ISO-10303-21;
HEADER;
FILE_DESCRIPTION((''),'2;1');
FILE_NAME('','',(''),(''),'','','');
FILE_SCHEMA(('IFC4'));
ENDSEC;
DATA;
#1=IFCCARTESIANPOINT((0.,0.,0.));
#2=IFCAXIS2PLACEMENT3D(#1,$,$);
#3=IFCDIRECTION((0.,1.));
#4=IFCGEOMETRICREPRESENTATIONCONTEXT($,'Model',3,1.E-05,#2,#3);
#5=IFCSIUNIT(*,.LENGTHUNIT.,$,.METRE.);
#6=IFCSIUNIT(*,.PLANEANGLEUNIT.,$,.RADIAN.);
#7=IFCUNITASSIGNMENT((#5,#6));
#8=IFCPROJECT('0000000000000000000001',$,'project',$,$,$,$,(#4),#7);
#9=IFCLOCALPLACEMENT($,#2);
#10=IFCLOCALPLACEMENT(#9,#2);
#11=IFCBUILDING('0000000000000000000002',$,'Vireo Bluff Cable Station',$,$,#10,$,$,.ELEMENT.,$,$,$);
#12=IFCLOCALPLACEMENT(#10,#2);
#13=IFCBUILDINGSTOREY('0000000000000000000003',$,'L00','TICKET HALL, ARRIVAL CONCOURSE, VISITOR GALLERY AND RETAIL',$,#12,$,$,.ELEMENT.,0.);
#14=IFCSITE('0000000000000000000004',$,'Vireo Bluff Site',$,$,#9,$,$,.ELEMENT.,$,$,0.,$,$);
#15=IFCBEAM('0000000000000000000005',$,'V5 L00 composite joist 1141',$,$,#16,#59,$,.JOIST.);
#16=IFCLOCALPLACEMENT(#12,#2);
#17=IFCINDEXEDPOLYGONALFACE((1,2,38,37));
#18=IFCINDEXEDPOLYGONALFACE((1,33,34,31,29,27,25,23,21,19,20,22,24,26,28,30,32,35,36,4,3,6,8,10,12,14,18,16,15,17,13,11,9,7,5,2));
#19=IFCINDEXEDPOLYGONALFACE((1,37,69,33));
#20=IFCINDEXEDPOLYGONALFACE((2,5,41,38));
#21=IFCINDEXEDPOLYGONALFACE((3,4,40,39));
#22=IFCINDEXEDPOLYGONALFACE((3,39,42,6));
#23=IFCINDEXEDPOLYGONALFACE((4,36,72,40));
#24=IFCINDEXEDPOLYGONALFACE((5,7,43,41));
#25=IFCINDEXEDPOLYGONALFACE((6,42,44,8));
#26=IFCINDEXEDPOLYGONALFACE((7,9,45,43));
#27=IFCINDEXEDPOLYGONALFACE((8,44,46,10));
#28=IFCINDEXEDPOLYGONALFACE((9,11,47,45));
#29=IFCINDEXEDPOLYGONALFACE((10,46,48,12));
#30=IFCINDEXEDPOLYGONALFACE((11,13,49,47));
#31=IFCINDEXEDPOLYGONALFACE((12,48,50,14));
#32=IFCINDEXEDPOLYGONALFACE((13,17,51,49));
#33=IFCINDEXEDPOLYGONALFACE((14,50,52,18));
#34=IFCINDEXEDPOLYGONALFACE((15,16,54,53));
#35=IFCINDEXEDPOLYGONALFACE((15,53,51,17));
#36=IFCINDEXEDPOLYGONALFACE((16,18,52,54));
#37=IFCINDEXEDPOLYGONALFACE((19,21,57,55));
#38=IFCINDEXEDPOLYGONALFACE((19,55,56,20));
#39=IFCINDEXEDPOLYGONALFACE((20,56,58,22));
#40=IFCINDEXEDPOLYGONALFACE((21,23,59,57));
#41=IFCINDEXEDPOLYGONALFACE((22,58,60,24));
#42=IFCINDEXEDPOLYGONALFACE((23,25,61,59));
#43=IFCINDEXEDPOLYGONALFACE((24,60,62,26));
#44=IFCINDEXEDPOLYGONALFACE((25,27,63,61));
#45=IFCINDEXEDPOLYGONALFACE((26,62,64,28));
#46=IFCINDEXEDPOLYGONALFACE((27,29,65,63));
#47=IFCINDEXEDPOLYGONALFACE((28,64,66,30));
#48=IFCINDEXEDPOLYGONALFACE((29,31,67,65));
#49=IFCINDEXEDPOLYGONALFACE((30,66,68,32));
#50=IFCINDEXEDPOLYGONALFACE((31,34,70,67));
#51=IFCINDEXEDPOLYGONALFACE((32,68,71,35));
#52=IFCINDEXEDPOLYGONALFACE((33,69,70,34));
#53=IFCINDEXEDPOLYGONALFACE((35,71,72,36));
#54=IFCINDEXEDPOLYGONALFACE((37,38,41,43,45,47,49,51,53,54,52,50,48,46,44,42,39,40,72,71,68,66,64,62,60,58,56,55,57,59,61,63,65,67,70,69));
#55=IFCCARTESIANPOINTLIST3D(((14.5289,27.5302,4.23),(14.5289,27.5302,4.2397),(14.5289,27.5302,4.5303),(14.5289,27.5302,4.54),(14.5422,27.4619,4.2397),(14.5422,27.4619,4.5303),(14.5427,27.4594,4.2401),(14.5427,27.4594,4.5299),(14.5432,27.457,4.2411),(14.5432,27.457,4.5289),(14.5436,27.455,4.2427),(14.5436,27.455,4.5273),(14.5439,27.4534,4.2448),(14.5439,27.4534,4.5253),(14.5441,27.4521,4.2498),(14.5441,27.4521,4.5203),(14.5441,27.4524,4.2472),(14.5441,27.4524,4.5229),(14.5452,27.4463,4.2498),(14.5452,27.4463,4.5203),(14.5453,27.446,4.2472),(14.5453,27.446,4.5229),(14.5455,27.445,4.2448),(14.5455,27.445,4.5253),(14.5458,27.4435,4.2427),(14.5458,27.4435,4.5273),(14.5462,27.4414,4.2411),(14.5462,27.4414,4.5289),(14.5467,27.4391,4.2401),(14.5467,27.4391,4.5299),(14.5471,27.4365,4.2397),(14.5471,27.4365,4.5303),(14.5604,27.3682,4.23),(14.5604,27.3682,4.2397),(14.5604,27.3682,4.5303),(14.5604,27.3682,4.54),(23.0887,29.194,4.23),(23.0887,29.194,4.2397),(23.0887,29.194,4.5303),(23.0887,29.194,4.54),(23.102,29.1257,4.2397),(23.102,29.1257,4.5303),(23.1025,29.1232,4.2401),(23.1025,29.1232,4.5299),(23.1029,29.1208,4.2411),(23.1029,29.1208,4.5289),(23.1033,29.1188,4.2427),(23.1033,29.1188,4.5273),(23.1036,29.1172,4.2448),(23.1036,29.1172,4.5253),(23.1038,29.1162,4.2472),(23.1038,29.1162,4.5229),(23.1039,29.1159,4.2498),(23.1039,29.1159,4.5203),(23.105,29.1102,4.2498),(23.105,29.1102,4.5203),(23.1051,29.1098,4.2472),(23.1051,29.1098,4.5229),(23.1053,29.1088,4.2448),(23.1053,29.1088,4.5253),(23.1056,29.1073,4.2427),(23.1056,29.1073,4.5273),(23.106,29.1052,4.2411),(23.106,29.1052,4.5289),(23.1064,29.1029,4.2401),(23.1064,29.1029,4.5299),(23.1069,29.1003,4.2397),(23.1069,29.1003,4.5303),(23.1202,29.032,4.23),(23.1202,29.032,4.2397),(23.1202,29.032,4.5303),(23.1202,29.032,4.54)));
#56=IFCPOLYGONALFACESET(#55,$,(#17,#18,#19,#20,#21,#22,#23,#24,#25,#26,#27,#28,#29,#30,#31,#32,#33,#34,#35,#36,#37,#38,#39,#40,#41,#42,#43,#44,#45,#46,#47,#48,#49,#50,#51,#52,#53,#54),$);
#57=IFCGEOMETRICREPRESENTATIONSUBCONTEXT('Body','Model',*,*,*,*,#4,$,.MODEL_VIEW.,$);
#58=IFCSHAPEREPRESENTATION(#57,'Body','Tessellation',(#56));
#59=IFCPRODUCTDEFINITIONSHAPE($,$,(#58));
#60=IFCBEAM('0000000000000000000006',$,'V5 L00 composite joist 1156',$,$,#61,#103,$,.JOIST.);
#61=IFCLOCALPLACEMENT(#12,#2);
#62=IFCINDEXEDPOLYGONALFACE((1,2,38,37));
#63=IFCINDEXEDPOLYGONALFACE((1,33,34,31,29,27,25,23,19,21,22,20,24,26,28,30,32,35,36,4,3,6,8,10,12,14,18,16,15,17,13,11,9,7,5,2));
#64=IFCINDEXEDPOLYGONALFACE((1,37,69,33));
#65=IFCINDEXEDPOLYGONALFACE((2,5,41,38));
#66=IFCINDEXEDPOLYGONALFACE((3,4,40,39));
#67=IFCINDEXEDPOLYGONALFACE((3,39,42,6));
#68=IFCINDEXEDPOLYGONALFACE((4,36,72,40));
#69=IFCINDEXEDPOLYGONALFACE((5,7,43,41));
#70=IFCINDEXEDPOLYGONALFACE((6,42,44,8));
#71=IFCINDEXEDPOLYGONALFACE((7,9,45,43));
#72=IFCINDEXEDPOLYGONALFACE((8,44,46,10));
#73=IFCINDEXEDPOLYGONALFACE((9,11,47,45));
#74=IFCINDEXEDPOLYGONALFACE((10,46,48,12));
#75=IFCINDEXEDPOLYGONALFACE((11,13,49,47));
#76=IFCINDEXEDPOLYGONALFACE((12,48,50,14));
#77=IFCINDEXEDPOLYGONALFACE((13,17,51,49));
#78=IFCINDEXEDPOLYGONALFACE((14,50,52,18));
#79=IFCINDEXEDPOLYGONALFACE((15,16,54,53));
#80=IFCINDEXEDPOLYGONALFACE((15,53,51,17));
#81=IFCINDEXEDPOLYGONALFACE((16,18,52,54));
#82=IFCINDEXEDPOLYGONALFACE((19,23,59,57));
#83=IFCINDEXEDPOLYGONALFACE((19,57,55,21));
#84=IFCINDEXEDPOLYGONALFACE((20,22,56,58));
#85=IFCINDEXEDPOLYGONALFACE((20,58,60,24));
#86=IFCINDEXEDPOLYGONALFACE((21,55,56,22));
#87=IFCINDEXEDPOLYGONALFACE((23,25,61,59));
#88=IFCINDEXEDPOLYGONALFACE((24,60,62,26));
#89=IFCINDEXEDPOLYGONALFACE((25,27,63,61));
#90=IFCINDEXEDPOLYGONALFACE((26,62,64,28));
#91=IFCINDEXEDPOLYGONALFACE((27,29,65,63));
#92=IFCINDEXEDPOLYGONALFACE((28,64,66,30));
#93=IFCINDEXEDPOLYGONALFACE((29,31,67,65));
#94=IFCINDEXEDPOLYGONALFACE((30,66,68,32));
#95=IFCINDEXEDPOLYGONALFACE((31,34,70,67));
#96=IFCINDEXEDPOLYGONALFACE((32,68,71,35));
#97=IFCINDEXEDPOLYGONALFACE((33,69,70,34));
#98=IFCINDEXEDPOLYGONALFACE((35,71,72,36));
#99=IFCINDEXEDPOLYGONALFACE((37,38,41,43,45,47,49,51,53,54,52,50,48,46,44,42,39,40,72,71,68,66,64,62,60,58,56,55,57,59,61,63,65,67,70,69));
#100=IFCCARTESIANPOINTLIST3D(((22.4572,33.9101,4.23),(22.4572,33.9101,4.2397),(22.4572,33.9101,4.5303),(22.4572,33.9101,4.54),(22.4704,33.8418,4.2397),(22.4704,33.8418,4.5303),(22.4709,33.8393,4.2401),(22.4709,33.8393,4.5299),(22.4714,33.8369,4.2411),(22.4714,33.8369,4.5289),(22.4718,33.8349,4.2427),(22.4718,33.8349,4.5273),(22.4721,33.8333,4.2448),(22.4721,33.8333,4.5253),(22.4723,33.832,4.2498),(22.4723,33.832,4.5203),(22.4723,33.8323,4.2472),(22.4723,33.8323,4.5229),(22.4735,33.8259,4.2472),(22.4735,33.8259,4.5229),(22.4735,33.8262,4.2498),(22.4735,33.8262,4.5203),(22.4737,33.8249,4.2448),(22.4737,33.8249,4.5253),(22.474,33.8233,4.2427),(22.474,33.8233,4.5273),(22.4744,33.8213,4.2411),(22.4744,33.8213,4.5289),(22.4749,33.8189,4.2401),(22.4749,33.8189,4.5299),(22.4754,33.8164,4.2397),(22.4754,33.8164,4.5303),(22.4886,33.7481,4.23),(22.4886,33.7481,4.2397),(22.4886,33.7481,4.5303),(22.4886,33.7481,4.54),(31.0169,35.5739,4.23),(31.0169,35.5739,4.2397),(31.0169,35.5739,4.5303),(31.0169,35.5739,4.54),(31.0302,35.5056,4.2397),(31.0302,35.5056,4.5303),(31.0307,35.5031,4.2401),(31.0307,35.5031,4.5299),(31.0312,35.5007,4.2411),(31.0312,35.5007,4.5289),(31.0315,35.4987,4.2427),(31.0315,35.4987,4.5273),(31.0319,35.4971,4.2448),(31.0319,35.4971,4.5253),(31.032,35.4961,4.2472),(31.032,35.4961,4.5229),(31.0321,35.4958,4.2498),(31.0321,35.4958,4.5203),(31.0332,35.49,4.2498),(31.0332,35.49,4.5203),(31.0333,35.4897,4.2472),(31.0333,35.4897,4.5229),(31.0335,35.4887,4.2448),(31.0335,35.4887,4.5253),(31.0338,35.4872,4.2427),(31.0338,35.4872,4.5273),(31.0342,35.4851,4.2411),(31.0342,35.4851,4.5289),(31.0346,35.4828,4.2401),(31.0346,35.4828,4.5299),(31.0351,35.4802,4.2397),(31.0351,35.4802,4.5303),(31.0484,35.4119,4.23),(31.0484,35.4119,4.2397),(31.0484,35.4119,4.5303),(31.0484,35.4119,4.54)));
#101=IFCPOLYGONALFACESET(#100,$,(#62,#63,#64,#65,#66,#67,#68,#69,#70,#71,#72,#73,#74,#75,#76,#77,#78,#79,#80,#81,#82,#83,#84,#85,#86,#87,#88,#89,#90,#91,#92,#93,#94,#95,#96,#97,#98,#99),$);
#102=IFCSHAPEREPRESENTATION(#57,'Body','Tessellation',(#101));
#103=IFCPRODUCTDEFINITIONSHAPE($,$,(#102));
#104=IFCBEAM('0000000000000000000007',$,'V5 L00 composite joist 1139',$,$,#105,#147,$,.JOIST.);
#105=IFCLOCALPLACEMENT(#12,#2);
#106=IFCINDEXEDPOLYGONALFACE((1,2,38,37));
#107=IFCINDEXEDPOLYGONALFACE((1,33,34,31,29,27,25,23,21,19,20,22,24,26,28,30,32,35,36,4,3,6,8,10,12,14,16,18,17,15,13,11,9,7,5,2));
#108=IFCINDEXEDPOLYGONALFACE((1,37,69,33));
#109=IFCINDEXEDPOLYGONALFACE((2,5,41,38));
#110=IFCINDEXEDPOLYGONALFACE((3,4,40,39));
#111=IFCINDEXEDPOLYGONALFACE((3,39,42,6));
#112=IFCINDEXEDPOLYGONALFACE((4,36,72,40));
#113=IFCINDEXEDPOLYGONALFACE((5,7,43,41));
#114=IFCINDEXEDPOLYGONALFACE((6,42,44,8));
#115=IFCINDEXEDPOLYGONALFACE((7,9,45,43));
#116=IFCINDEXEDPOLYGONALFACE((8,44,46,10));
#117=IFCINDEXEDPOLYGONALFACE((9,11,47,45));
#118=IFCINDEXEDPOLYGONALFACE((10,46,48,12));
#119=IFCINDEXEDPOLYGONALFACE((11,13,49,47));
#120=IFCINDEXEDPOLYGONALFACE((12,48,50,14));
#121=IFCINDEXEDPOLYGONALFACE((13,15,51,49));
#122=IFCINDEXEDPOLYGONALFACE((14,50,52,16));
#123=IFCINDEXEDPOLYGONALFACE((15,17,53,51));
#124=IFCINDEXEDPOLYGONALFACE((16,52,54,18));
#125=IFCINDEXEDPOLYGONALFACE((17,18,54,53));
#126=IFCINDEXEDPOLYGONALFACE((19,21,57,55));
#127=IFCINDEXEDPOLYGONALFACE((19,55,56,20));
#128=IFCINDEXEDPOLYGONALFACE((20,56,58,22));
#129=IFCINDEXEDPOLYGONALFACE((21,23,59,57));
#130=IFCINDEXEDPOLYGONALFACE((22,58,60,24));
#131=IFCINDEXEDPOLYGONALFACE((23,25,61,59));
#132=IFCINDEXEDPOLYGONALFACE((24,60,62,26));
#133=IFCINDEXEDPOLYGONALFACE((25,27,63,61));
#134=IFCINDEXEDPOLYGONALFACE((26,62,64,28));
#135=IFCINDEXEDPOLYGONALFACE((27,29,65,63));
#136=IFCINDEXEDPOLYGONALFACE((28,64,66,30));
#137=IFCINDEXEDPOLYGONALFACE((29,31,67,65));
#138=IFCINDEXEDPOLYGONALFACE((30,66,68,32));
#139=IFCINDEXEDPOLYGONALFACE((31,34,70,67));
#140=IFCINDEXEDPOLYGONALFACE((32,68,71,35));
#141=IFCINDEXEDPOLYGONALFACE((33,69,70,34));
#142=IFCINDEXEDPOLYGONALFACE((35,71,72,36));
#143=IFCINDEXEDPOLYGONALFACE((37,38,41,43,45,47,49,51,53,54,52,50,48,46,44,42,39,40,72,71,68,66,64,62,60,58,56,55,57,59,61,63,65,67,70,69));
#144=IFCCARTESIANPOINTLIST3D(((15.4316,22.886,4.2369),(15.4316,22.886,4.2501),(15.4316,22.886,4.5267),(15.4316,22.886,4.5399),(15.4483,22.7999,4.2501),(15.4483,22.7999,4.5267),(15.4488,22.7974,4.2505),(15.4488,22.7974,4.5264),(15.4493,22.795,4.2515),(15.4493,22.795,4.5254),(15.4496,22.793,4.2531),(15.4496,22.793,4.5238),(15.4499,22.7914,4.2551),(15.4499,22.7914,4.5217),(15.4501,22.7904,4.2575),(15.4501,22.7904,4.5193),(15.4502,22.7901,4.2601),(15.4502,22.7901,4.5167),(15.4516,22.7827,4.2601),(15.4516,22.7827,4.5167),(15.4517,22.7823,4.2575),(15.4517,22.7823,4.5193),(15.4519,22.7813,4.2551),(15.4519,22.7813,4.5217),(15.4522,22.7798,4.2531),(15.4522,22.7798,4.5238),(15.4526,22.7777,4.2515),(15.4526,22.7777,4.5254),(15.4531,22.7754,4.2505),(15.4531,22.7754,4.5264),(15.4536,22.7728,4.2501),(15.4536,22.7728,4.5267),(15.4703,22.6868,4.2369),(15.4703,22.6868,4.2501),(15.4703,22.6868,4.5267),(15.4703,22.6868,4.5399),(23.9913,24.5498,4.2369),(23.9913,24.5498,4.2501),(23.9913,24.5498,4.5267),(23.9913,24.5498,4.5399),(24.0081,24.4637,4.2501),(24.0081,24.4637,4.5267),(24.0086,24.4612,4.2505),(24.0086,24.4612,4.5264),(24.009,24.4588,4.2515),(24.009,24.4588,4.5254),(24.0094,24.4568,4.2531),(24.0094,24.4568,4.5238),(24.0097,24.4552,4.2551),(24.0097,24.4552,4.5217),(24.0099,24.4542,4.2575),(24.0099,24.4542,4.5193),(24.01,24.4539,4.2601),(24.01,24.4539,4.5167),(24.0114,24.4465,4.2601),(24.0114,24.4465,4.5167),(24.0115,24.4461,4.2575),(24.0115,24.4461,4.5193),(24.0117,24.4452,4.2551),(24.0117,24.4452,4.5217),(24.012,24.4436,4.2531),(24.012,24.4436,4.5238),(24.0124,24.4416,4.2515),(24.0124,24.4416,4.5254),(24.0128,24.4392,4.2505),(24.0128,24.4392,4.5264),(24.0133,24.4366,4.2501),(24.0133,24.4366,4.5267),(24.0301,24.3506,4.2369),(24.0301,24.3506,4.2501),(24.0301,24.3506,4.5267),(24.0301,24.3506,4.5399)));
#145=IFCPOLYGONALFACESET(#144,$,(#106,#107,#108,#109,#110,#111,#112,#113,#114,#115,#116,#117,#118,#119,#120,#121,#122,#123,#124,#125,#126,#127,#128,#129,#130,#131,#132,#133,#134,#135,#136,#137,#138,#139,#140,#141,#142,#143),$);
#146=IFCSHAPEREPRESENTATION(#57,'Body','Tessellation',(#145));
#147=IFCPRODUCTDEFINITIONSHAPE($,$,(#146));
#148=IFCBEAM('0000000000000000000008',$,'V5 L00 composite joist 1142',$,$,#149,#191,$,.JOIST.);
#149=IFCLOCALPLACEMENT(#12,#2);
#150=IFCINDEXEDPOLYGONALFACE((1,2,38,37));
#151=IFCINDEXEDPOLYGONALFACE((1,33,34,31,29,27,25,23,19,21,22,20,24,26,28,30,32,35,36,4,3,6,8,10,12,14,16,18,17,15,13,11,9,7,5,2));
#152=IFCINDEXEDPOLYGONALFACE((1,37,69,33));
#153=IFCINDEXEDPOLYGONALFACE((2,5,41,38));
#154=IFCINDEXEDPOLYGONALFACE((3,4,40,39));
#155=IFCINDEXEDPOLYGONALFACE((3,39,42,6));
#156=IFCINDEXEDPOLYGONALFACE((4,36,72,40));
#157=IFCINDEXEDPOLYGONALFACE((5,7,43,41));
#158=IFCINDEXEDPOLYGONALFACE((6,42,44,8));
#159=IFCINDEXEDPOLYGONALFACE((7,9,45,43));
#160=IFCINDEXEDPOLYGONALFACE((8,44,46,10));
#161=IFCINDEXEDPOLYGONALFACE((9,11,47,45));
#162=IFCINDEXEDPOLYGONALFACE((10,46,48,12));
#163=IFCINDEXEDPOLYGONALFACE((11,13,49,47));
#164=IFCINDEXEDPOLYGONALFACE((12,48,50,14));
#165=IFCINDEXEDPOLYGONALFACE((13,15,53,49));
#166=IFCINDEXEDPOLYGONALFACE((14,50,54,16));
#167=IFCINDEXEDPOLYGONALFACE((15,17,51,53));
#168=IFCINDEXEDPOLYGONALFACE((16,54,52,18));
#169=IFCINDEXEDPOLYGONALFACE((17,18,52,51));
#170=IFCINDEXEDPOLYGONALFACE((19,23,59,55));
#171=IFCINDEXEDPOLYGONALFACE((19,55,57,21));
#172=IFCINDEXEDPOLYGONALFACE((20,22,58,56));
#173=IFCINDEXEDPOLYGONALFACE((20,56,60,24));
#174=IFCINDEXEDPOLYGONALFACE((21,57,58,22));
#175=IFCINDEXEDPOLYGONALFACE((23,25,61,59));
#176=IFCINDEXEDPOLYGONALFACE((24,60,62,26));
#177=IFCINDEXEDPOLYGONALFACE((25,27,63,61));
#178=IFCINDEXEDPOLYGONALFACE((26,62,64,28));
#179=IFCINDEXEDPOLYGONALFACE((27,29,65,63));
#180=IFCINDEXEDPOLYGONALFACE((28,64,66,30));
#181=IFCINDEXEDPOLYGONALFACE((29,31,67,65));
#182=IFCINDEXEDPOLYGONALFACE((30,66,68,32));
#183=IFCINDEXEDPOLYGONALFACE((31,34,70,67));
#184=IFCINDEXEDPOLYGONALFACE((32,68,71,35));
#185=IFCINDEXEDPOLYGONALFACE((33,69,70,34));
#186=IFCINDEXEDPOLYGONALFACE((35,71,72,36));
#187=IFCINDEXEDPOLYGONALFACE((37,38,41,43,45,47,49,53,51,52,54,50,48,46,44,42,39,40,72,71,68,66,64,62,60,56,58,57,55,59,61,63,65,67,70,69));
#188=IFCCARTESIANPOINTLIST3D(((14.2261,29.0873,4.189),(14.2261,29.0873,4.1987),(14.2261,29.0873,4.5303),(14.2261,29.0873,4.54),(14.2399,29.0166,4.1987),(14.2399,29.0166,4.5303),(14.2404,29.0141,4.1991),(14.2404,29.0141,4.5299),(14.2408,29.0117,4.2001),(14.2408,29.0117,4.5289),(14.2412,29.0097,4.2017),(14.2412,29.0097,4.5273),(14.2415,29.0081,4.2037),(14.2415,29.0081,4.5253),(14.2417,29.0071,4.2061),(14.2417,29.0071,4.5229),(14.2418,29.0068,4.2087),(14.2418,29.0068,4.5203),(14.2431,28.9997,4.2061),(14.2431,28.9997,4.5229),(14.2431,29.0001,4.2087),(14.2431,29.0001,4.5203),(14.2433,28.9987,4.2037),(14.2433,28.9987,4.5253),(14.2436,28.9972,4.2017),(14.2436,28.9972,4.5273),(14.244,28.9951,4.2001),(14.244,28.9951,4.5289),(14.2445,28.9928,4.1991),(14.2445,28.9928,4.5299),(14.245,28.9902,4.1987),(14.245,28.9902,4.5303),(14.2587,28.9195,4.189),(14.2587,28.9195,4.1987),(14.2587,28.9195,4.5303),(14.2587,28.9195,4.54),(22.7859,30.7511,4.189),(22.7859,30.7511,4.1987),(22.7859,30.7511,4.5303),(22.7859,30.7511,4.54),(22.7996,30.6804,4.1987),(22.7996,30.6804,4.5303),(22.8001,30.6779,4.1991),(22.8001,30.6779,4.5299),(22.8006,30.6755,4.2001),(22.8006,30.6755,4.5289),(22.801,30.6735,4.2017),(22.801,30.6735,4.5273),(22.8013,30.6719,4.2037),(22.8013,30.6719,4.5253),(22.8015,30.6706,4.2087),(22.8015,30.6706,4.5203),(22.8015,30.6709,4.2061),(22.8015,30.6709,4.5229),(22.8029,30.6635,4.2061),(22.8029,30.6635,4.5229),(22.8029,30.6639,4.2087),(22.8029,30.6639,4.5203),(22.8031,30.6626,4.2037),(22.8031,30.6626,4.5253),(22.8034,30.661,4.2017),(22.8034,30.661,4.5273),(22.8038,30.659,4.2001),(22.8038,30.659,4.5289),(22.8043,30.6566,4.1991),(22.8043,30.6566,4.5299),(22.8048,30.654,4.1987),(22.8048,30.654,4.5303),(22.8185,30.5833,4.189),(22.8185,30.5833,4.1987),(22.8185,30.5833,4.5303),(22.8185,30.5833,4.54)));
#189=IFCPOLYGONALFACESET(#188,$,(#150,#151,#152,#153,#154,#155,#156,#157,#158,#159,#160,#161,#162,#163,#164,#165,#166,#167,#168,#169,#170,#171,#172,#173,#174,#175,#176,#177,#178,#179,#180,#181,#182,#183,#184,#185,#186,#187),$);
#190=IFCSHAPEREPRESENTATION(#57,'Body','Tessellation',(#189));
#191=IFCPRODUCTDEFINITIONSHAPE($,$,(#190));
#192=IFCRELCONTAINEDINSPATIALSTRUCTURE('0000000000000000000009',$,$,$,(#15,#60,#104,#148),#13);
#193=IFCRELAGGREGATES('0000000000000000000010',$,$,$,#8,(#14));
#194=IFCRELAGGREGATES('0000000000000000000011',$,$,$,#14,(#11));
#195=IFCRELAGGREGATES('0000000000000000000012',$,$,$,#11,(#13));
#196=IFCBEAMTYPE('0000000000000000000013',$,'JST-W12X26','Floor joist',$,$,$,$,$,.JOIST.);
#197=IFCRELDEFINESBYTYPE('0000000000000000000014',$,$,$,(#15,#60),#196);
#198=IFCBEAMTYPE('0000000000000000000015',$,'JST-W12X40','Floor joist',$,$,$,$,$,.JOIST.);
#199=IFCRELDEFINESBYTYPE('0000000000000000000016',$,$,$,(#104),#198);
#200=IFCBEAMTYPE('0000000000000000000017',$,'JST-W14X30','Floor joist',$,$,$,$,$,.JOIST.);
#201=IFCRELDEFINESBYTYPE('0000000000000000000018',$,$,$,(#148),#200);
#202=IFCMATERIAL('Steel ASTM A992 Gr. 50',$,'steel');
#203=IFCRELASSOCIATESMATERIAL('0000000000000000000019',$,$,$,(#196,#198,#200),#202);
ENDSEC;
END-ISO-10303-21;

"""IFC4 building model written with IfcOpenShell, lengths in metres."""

from ifc_helpers import new_model, si_unit, direction, frame, origin, origin_2d, place, context, subcontext, project, spatial, i_section, extrude, material, material_profile, profile_set, type_object, element, save


model = new_model("IFC4")

# Units and contexts
model_context = context("Model", 3, precision=1e-05, world=origin(), true_north=direction((0.0, 1.0)))
body_context = subcontext(model_context, "Body", "Model", "MODEL_VIEW")
ifc_project = project(units=[si_unit("LENGTHUNIT", "METRE"), si_unit("PLANEANGLEUNIT", "RADIAN")], contexts=[model_context])

# Site, building, storey
site_placement = place(None, origin())
site = spatial("IfcSite", under=ifc_project, at=site_placement, Name="Vireo Bluff Site", CompositionType="ELEMENT", RefElevation=0.0)
building_placement = place(site_placement, origin())
building = spatial("IfcBuilding", under=site, at=building_placement, Name="Vireo Bluff Cable Station", CompositionType="ELEMENT")
storey_placement = place(building_placement, origin())
storey = spatial("IfcBuildingStorey", under=building, at=storey_placement, Name="L00", Description="TICKET HALL, ARRIVAL CONCOURSE, VISITOR GALLERY AND RETAIL", CompositionType="ELEMENT", Elevation=0.0)

# Shared definitions
ifc_material_1 = material(Name="Steel ASTM A992 Gr. 50", Category="steel")

# Beams
ifc_material_profile_1 = material_profile(ifc_material_1, i_section(OverallWidth=0.165, OverallDepth=0.3101, WebThickness=0.0059, FlangeThickness=0.0098, FilletRadius=0.01, at=origin_2d()), Name="W12X26")
ifc_profile_set_1 = profile_set([ifc_material_profile_1], Name="Steel ASTM A992 Gr. 50")
beam_type_1 = type_object("IfcBeamType", Name="JST-W12X26", Description="Floor joist", PredefinedType="JOIST", material=ifc_profile_set_1)
for number, where, z_axis, x_axis, name in (
    (1, (14.5447, 27.4492, 4.385), (0.981628, 0.190804, 0.0), (-0.190804, 0.981628, 0.0), "V5 L00 composite joist 1141"),
    (2, (22.4729, 33.8291, 4.385), (0.981628, 0.190804, 0.0), (-0.190804, 0.981628, 0.0), "V5 L00 composite joist 1156"),
):
    element("IfcBeam", number, at=place(storey_placement, frame(where, z_axis=z_axis, x_axis=x_axis)), inside=storey, type_object=beam_type_1, Name=name, PredefinedType="JOIST", context=body_context, shape_type="SweptSolid", body=[
        extrude(i_section(OverallWidth=0.165, OverallDepth=0.3101, WebThickness=0.0059, FlangeThickness=0.0098, FilletRadius=0.01, at=origin_2d()), origin(), (0.0, 0.0, 1.0), 8.72),
    ])
ifc_material_profile_2 = material_profile(ifc_material_1, i_section(OverallWidth=0.2029, OverallDepth=0.303, WebThickness=0.0076, FlangeThickness=0.0132, FilletRadius=0.01, at=origin_2d()), Name="W12X40")
ifc_profile_set_2 = profile_set([ifc_material_profile_2], Name="Steel ASTM A992 Gr. 50")
beam_type_2 = type_object("IfcBeamType", Name="JST-W12X40", Description="Floor joist", PredefinedType="JOIST", material=ifc_profile_set_2)
beam_1_placement = place(storey_placement, frame((15.4509, 22.7864, 4.3884), z_axis=(0.981628, 0.190804, 0.0), x_axis=(-0.190804, 0.981628, 0.0)))
element("IfcBeam", 3, at=beam_1_placement, inside=storey, type_object=beam_type_2, Name="V5 L00 composite joist 1139", PredefinedType="JOIST", context=body_context, shape_type="SweptSolid", body=[
    extrude(i_section(OverallWidth=0.2029, OverallDepth=0.303, WebThickness=0.0076, FlangeThickness=0.0132, FilletRadius=0.01, at=origin_2d()), origin(), (0.0, 0.0, 1.0), 8.72),
])
ifc_material_profile_3 = material_profile(ifc_material_1, i_section(OverallWidth=0.1709, OverallDepth=0.3511, WebThickness=0.0068, FlangeThickness=0.0098, FilletRadius=0.01, at=origin_2d()), Name="W14X30")
ifc_profile_set_3 = profile_set([ifc_material_profile_3], Name="Steel ASTM A992 Gr. 50")
beam_type_3 = type_object("IfcBeamType", Name="JST-W14X30", Description="Floor joist", PredefinedType="JOIST", material=ifc_profile_set_3)
for number, where, z_axis, x_axis, name in (
    (4, (14.2424, 29.0034, 4.3645), (0.981628, 0.190804, 0.0), (-0.190804, 0.981628, 0.0), "V5 L00 composite joist 1142"),
):
    element("IfcBeam", number, at=place(storey_placement, frame(where, z_axis=z_axis, x_axis=x_axis)), inside=storey, type_object=beam_type_3, Name=name, PredefinedType="JOIST", context=body_context, shape_type="SweptSolid", body=[
        extrude(i_section(OverallWidth=0.1709, OverallDepth=0.3511, WebThickness=0.0068, FlangeThickness=0.0098, FilletRadius=0.01, at=origin_2d()), origin(), (0.0, 0.0, 1.0), 8.72),
    ])

save(model, "model.ifc")
